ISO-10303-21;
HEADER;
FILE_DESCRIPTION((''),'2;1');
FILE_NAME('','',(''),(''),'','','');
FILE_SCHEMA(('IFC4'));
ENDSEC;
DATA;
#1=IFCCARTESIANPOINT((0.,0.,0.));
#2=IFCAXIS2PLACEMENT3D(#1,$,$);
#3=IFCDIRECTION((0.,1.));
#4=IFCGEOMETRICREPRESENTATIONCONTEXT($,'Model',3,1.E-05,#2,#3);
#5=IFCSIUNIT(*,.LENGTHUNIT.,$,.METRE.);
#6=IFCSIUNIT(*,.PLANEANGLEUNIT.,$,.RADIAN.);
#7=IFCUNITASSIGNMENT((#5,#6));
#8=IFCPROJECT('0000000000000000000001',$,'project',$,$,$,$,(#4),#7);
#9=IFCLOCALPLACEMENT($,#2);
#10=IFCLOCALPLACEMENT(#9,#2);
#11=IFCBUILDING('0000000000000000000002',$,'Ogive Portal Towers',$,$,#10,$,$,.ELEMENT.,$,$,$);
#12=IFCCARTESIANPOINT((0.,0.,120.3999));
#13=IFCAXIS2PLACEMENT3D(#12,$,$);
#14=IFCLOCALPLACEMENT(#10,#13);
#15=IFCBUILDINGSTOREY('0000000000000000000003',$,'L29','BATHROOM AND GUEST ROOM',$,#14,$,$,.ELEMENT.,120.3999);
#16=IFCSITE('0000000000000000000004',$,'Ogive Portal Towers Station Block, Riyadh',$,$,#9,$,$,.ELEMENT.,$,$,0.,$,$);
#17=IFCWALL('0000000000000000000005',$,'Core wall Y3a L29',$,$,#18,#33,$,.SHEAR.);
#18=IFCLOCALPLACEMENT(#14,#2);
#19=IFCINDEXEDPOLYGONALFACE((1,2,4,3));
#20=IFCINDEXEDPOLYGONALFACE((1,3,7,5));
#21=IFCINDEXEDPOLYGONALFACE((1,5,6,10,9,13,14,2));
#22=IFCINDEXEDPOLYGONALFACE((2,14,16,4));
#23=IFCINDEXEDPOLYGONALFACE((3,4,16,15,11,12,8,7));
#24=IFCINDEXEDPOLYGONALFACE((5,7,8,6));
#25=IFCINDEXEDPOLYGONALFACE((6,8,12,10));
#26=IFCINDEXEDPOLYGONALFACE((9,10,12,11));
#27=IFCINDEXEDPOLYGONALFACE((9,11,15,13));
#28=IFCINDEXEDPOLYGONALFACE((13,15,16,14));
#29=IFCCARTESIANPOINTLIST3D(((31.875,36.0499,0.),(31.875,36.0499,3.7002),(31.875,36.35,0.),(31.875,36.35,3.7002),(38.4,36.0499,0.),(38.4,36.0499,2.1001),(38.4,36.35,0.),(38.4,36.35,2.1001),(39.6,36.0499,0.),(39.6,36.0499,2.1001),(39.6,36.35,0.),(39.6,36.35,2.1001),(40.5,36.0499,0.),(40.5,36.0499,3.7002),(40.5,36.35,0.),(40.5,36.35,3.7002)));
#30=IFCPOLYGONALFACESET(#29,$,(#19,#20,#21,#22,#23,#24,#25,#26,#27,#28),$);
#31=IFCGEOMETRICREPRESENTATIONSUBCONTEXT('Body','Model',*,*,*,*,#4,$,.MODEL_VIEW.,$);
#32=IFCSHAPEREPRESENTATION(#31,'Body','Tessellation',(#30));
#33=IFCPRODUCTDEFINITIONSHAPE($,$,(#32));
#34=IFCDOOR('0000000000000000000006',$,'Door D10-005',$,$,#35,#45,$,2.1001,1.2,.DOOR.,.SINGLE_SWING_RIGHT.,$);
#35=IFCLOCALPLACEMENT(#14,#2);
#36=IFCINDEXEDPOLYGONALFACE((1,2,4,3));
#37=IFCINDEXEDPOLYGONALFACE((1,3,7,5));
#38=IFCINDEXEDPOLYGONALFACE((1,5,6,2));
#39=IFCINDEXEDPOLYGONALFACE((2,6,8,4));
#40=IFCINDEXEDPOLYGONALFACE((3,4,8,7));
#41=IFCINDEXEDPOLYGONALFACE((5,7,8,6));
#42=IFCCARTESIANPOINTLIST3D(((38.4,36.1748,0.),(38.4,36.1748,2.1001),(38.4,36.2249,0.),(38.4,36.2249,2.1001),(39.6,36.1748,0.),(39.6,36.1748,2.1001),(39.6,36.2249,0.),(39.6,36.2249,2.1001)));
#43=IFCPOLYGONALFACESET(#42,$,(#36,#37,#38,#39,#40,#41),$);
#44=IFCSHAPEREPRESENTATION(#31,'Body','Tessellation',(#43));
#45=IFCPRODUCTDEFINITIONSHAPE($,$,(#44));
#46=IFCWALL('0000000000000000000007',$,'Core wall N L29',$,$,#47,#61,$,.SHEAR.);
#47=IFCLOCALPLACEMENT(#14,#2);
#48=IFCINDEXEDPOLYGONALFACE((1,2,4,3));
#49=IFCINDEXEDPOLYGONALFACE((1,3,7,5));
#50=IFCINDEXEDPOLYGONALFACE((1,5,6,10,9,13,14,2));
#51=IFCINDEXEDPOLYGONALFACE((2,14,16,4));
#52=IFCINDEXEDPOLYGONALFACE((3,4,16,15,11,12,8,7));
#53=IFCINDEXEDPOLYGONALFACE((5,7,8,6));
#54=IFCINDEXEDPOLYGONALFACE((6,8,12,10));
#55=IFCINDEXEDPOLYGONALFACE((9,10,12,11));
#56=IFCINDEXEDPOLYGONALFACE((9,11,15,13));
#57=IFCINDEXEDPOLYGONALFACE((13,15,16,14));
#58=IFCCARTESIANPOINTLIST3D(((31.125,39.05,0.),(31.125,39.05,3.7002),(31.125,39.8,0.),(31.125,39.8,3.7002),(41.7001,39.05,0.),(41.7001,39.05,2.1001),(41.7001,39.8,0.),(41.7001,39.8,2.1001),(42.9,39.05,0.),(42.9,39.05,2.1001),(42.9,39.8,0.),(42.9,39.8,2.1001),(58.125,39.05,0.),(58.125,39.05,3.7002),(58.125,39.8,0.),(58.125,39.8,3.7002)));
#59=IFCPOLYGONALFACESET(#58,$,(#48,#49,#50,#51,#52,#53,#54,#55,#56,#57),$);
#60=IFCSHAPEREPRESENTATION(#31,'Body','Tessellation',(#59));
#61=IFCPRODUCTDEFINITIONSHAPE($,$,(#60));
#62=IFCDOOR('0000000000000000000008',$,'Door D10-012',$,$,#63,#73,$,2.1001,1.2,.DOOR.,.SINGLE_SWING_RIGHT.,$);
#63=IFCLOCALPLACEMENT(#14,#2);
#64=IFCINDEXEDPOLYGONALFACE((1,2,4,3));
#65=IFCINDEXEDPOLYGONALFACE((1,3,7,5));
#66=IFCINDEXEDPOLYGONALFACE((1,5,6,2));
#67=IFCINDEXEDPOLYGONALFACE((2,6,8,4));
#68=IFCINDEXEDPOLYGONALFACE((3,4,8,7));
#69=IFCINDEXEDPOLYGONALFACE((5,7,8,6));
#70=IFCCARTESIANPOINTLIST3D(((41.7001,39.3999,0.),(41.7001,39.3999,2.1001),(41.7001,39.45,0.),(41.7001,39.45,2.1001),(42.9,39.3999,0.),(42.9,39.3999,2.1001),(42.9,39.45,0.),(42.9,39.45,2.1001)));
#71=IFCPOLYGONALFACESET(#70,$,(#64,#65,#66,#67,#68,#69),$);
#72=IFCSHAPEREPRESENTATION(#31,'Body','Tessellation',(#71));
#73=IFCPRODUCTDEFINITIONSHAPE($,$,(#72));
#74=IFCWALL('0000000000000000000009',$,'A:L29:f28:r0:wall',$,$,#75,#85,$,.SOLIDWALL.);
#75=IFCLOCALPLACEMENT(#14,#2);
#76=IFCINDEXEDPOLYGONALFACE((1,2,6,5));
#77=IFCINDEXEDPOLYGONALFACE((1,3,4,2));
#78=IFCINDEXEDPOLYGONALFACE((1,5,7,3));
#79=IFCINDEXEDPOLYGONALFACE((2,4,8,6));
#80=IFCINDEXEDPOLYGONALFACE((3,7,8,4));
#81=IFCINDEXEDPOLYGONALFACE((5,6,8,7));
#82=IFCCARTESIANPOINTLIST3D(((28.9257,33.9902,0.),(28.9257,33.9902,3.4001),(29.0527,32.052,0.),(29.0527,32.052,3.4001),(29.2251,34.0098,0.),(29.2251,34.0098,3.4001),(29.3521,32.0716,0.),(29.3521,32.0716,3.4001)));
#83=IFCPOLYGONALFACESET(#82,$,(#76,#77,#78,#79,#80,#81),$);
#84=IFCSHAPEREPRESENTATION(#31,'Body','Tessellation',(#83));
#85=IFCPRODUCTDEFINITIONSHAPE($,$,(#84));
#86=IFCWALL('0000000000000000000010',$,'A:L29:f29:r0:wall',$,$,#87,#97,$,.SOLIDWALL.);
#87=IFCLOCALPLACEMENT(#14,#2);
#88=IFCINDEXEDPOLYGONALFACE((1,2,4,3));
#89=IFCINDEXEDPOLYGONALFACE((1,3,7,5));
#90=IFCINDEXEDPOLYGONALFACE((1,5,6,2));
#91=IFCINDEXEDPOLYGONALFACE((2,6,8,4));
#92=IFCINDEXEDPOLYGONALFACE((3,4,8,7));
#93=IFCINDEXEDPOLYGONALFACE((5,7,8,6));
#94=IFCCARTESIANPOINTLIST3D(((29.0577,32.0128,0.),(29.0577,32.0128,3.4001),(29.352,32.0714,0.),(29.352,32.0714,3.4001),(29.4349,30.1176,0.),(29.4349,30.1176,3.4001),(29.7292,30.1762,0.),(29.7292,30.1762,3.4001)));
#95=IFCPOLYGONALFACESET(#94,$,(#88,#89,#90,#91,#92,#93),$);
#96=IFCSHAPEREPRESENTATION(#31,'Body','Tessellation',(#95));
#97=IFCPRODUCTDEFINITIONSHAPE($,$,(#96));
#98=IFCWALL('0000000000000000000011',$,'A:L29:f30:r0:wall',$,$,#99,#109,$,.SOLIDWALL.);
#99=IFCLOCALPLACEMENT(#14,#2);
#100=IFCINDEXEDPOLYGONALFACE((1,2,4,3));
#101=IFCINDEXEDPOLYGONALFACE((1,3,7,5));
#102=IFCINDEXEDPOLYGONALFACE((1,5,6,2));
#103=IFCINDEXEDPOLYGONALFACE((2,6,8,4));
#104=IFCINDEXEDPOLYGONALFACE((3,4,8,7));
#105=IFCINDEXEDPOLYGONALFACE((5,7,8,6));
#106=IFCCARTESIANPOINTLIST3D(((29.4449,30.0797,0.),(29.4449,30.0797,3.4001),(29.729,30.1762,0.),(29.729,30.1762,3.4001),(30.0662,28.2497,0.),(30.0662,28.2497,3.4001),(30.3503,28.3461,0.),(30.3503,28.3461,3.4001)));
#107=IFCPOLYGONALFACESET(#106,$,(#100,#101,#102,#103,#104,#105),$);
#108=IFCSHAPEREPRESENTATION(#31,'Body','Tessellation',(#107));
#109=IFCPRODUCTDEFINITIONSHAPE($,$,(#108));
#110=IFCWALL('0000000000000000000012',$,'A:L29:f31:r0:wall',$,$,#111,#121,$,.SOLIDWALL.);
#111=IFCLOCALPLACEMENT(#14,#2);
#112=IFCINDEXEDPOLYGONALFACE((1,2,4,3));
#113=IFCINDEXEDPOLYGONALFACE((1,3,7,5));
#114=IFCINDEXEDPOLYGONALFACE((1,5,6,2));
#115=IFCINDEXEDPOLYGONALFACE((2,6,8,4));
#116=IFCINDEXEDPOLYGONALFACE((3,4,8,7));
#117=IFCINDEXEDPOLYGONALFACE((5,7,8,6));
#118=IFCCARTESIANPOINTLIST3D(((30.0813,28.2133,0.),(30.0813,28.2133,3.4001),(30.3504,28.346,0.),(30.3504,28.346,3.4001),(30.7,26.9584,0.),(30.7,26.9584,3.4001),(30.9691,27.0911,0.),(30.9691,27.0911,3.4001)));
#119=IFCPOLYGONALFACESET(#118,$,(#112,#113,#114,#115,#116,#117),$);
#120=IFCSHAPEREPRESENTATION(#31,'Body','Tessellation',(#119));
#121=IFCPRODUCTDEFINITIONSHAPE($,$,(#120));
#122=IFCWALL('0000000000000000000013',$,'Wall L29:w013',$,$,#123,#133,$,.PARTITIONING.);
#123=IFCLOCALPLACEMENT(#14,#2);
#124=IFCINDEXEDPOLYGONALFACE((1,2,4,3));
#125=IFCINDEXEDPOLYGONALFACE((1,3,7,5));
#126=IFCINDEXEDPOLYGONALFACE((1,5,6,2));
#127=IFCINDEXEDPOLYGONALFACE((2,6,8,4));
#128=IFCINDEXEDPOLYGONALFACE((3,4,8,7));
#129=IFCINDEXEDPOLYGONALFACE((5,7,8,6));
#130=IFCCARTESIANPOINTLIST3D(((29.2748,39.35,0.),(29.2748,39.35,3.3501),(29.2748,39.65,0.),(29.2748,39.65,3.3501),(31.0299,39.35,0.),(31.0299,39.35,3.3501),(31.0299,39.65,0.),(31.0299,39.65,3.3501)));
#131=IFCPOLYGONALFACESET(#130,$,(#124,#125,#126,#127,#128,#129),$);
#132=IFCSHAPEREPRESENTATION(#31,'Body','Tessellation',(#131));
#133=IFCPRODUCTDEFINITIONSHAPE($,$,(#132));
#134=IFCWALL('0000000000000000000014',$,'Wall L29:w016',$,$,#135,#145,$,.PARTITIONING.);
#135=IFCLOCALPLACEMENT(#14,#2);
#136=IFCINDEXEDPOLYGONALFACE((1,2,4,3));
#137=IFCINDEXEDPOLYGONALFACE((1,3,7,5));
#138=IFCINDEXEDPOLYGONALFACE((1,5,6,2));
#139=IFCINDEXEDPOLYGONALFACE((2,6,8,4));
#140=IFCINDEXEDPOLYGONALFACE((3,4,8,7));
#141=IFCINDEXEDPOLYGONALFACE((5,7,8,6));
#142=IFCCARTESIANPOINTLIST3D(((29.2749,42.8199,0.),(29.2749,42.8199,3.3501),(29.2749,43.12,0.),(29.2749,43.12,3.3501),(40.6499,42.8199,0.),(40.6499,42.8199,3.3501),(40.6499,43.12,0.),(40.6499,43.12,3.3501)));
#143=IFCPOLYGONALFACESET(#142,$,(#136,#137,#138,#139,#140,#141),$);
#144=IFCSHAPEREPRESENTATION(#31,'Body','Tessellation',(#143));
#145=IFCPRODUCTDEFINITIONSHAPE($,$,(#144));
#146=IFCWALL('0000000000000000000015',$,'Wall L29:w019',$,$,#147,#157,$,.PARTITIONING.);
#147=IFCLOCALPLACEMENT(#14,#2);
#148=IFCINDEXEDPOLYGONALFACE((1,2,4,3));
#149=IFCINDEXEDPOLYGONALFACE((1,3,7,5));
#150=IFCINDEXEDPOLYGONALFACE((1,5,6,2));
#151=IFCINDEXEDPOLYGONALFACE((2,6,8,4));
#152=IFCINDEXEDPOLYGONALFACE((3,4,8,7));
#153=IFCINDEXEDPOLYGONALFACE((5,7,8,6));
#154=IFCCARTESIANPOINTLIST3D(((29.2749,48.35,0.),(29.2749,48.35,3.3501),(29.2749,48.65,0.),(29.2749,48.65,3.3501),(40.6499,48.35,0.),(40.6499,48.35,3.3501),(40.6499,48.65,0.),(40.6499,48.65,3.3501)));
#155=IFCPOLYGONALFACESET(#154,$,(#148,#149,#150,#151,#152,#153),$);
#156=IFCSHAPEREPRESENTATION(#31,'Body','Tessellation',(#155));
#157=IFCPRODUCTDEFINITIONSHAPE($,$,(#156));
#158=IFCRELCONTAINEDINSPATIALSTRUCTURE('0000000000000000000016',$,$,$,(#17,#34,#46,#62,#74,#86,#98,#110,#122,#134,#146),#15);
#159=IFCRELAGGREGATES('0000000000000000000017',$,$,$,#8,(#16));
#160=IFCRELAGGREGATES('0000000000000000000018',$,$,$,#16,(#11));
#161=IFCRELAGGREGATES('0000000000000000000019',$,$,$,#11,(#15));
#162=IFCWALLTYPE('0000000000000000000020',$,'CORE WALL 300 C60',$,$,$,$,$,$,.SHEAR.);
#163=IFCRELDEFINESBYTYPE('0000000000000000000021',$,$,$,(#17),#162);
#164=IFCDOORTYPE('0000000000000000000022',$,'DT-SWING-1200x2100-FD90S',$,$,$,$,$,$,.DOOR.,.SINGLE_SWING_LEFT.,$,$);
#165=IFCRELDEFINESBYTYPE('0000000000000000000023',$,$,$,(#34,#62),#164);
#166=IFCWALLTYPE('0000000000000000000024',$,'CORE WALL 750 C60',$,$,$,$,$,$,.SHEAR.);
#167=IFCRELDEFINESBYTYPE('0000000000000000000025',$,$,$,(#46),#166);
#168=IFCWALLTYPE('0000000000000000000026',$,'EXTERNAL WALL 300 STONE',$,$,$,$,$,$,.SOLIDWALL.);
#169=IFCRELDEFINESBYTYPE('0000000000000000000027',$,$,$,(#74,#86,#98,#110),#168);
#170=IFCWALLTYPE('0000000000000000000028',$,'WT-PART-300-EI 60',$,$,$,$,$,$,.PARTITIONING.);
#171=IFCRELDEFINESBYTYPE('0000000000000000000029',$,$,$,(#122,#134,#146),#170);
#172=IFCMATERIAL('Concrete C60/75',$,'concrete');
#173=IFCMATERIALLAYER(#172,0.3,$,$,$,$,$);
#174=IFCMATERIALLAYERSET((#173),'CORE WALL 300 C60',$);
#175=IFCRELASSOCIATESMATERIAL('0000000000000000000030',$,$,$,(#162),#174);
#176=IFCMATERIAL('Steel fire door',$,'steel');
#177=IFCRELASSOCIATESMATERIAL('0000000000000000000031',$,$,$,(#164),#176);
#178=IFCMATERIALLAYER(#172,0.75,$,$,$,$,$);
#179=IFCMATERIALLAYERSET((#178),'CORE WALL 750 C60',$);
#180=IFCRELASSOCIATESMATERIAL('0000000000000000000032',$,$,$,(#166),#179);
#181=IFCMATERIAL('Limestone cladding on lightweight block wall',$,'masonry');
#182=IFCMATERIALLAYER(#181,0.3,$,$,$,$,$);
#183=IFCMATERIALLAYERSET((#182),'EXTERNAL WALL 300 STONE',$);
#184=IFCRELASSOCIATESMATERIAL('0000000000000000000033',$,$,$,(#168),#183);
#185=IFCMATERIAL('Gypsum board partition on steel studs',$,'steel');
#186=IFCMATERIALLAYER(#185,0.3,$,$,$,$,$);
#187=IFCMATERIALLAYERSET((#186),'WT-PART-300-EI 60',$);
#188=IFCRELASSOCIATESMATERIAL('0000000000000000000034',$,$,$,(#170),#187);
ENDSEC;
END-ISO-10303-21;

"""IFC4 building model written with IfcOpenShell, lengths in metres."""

from ifc_helpers import new_model, si_unit, direction, frame, frame_2d, origin, place, context, subcontext, project, spatial, rectangle, extrude, material, layer, layer_set, type_object, element, fill, save


model = new_model("IFC4")

# Units and contexts
model_context = context("Model", 3, precision=1e-05, world=origin(), true_north=direction((0.0, 1.0)))
body_context = subcontext(model_context, "Body", "Model", "MODEL_VIEW")
ifc_project = project(units=[si_unit("LENGTHUNIT", "METRE"), si_unit("PLANEANGLEUNIT", "RADIAN")], contexts=[model_context])

# Site, building, storey
site_placement = place(None, origin())
site = spatial("IfcSite", under=ifc_project, at=site_placement, Name="Ogive Portal Towers Station Block, Riyadh", CompositionType="ELEMENT", RefElevation=0.0)
building_placement = place(site_placement, origin())
building = spatial("IfcBuilding", under=site, at=building_placement, Name="Ogive Portal Towers", CompositionType="ELEMENT")
storey_placement = place(building_placement, frame((0.0, 0.0, 120.3999)))
storey = spatial("IfcBuildingStorey", under=building, at=storey_placement, Name="L29", Description="BATHROOM AND GUEST ROOM", CompositionType="ELEMENT", Elevation=120.3999)

# Shared definitions
ifc_material_1 = material(Name="Concrete C60/75", Category="concrete")

# Shared definitions
ifc_layer_1 = layer(ifc_material_1, 0.3)
ifc_layer_set_1 = layer_set([ifc_layer_1], Name="CORE WALL 300 C60")
wall_type_1 = type_object("IfcWallType", Name="CORE WALL 300 C60", PredefinedType="SHEAR", material=ifc_layer_set_1)
ifc_material_2 = material(Name="Steel fire door", Category="steel")
door_type_1 = type_object("IfcDoorType", Name="DT-SWING-1200x2100-FD90S", OperationType="SINGLE_SWING_LEFT", PredefinedType="DOOR", material=ifc_material_2)

# Walls, openings, doors
wall_1_placement = place(storey_placement, frame((31.875, 36.2, 0.0), z_axis=(0.0, 0.0, 1.0), x_axis=(1.0, 0.0, 0.0)))
wall_1 = element("IfcWall", 1, at=wall_1_placement, inside=storey, type_object=wall_type_1, Name="Core wall Y3a L29", PredefinedType="SHEAR", context=body_context, shape_type="SweptSolid", body=[
    extrude(rectangle(XDim=8.625, YDim=0.3, at=frame_2d((4.3125, 0.0))), origin(), (0.0, 0.0, 1.0), 3.7002),
])
opening_1_placement = place(wall_1_placement, frame((6.5249, 0.0, 0.0)))
opening_1 = element("IfcOpeningElement", 2, at=opening_1_placement, cuts=wall_1, PredefinedType="OPENING", context=body_context, shape_type="SweptSolid", body=[
    extrude(rectangle(XDim=1.2, YDim=2.1001, at=frame_2d((0.6001, 1.05))), frame((0.0, 0.1602, 0.0), z_axis=(0.0, -1.0, 0.0), x_axis=(1.0, 0.0, 0.0)), (0.0, 0.0, 1.0), 0.3201),
])
door_1_placement = place(opening_1_placement, origin())
door_1 = element("IfcDoor", 3, at=door_1_placement, inside=storey, type_object=door_type_1, Name="Door D10-005", OperationType="SINGLE_SWING_RIGHT", OverallHeight=2.1001, OverallWidth=1.2, PredefinedType="DOOR", context=body_context, shape_type="SweptSolid", body=[
    extrude(rectangle(XDim=1.2, YDim=2.1001, at=frame_2d((0.6001, 1.05))), frame((0.0, 0.0249, 0.0), z_axis=(0.0, -1.0, 0.0), x_axis=(1.0, 0.0, 0.0)), (0.0, 0.0, 1.0), 0.05),
])
fill(opening_1, door_1)
ifc_layer_2 = layer(ifc_material_1, 0.75)
ifc_layer_set_2 = layer_set([ifc_layer_2], Name="CORE WALL 750 C60")
wall_type_2 = type_object("IfcWallType", Name="CORE WALL 750 C60", PredefinedType="SHEAR", material=ifc_layer_set_2)
wall_2_placement = place(storey_placement, frame((31.125, 39.425, 0.0), z_axis=(0.0, 0.0, 1.0), x_axis=(1.0, 0.0, 0.0)))
wall_2 = element("IfcWall", 4, at=wall_2_placement, inside=storey, type_object=wall_type_2, Name="Core wall N L29", PredefinedType="SHEAR", context=body_context, shape_type="SweptSolid", body=[
    extrude(rectangle(XDim=27.0, YDim=0.75, at=frame_2d((13.5, 0.0))), origin(), (0.0, 0.0, 1.0), 3.7002),
])
opening_2_placement = place(wall_2_placement, frame((10.575, 0.0, 0.0)))
opening_2 = element("IfcOpeningElement", 5, at=opening_2_placement, cuts=wall_2, PredefinedType="OPENING", context=body_context, shape_type="SweptSolid", body=[
    extrude(rectangle(XDim=1.2, YDim=2.1001, at=frame_2d((0.6001, 1.05))), frame((0.0, 0.385, 0.0), z_axis=(0.0, -1.0, 0.0), x_axis=(1.0, 0.0, 0.0)), (0.0, 0.0, 1.0), 0.77),
])
door_2_placement = place(opening_2_placement, origin())
door_2 = element("IfcDoor", 6, at=door_2_placement, inside=storey, type_object=door_type_1, Name="Door D10-012", OperationType="SINGLE_SWING_RIGHT", OverallHeight=2.1001, OverallWidth=1.2, PredefinedType="DOOR", context=body_context, shape_type="SweptSolid", body=[
    extrude(rectangle(XDim=1.2, YDim=2.1001, at=frame_2d((0.6001, 1.05))), frame((0.0, 0.0249, 0.0), z_axis=(0.0, -1.0, 0.0), x_axis=(1.0, 0.0, 0.0)), (0.0, 0.0, 1.0), 0.05),
])
fill(opening_2, door_2)

# Walls
ifc_material_3 = material(Name="Limestone cladding on lightweight block wall", Category="masonry")
ifc_layer_3 = layer(ifc_material_3, 0.3)
ifc_layer_set_3 = layer_set([ifc_layer_3], Name="EXTERNAL WALL 300 STONE")
wall_type_3 = type_object("IfcWallType", Name="EXTERNAL WALL 300 STONE", PredefinedType="SOLIDWALL", material=ifc_layer_set_3)
wall_3_placement = place(storey_placement, frame((29.0754, 34.0, 0.0), z_axis=(0.0, 0.0, 1.0), x_axis=(0.065359, -0.997862, 0.0)))
element("IfcWall", 7, at=wall_3_placement, inside=storey, type_object=wall_type_3, Name="A:L29:f28:r0:wall", PredefinedType="SOLIDWALL", context=body_context, shape_type="SweptSolid", body=[
    extrude(rectangle(XDim=1.9424, YDim=0.3, at=frame_2d((0.9712, 0.0))), origin(), (0.0, 0.0, 1.0), 3.4001),
])
wall_4_placement = place(storey_placement, frame((29.2048, 32.0422, 0.0), z_axis=(0.0, 0.0, 1.0), x_axis=(0.195193, -0.980765, 0.0)))
element("IfcWall", 8, at=wall_4_placement, inside=storey, type_object=wall_type_3, Name="A:L29:f29:r0:wall", PredefinedType="SOLIDWALL", context=body_context, shape_type="SweptSolid", body=[
    extrude(rectangle(XDim=1.9324, YDim=0.3, at=frame_2d((0.9663, 0.0))), origin(), (0.0, 0.0, 1.0), 3.4001),
])
wall_5_placement = place(storey_placement, frame((29.5869, 30.1279, 0.0), z_axis=(0.0, 0.0, 1.0), x_axis=(0.321491, -0.946913, 0.0)))
element("IfcWall", 9, at=wall_5_placement, inside=storey, type_object=wall_type_3, Name="A:L29:f30:r0:wall", PredefinedType="SOLIDWALL", context=body_context, shape_type="SweptSolid", body=[
    extrude(rectangle(XDim=1.9326, YDim=0.3, at=frame_2d((0.9663, 0.0))), origin(), (0.0, 0.0, 1.0), 3.4001),
])
wall_6_placement = place(storey_placement, frame((30.2158, 28.2798, 0.0), z_axis=(0.0, 0.0, 1.0), x_axis=(0.442181, -0.896926, 0.0)))
element("IfcWall", 10, at=wall_6_placement, inside=storey, type_object=wall_type_3, Name="A:L29:f31:r0:wall", PredefinedType="SOLIDWALL", context=body_context, shape_type="SweptSolid", body=[
    extrude(rectangle(XDim=1.3992, YDim=0.3, at=frame_2d((0.6997, 0.0))), origin(), (0.0, 0.0, 1.0), 3.4001),
])
ifc_material_4 = material(Name="Gypsum board partition on steel studs", Category="steel")
ifc_layer_4 = layer(ifc_material_4, 0.3)
ifc_layer_set_4 = layer_set([ifc_layer_4], Name="WT-PART-300-EI 60")
wall_type_4 = type_object("IfcWallType", Name="WT-PART-300-EI 60", PredefinedType="PARTITIONING", material=ifc_layer_set_4)
wall_7_placement = place(storey_placement, frame((29.2749, 39.5, 0.0), z_axis=(0.0, 0.0, 1.0), x_axis=(1.0, 0.0, 0.0)))
element("IfcWall", 11, at=wall_7_placement, inside=storey, type_object=wall_type_4, Name="Wall L29:w013", PredefinedType="PARTITIONING", context=body_context, shape_type="SweptSolid", body=[
    extrude(rectangle(XDim=1.7551, YDim=0.3, at=frame_2d((0.8774, 0.0))), origin(), (0.0, 0.0, 1.0), 3.3501),
])
for number, where, z_axis, x_axis, name in (
    (12, (29.2749, 42.97, 0.0), (0.0, 0.0, 1.0), (1.0, 0.0, 0.0), "Wall L29:w016"),
    (13, (29.2749, 48.5, 0.0), (0.0, 0.0, 1.0), (1.0, 0.0, 0.0), "Wall L29:w019"),
):
    element("IfcWall", number, at=place(storey_placement, frame(where, z_axis=z_axis, x_axis=x_axis)), inside=storey, type_object=wall_type_4, Name=name, PredefinedType="PARTITIONING", context=body_context, shape_type="SweptSolid", body=[
        extrude(rectangle(XDim=11.375, YDim=0.3, at=frame_2d((5.6875, 0.0))), origin(), (0.0, 0.0, 1.0), 3.3501),
    ])

save(model, "model.ifc")
